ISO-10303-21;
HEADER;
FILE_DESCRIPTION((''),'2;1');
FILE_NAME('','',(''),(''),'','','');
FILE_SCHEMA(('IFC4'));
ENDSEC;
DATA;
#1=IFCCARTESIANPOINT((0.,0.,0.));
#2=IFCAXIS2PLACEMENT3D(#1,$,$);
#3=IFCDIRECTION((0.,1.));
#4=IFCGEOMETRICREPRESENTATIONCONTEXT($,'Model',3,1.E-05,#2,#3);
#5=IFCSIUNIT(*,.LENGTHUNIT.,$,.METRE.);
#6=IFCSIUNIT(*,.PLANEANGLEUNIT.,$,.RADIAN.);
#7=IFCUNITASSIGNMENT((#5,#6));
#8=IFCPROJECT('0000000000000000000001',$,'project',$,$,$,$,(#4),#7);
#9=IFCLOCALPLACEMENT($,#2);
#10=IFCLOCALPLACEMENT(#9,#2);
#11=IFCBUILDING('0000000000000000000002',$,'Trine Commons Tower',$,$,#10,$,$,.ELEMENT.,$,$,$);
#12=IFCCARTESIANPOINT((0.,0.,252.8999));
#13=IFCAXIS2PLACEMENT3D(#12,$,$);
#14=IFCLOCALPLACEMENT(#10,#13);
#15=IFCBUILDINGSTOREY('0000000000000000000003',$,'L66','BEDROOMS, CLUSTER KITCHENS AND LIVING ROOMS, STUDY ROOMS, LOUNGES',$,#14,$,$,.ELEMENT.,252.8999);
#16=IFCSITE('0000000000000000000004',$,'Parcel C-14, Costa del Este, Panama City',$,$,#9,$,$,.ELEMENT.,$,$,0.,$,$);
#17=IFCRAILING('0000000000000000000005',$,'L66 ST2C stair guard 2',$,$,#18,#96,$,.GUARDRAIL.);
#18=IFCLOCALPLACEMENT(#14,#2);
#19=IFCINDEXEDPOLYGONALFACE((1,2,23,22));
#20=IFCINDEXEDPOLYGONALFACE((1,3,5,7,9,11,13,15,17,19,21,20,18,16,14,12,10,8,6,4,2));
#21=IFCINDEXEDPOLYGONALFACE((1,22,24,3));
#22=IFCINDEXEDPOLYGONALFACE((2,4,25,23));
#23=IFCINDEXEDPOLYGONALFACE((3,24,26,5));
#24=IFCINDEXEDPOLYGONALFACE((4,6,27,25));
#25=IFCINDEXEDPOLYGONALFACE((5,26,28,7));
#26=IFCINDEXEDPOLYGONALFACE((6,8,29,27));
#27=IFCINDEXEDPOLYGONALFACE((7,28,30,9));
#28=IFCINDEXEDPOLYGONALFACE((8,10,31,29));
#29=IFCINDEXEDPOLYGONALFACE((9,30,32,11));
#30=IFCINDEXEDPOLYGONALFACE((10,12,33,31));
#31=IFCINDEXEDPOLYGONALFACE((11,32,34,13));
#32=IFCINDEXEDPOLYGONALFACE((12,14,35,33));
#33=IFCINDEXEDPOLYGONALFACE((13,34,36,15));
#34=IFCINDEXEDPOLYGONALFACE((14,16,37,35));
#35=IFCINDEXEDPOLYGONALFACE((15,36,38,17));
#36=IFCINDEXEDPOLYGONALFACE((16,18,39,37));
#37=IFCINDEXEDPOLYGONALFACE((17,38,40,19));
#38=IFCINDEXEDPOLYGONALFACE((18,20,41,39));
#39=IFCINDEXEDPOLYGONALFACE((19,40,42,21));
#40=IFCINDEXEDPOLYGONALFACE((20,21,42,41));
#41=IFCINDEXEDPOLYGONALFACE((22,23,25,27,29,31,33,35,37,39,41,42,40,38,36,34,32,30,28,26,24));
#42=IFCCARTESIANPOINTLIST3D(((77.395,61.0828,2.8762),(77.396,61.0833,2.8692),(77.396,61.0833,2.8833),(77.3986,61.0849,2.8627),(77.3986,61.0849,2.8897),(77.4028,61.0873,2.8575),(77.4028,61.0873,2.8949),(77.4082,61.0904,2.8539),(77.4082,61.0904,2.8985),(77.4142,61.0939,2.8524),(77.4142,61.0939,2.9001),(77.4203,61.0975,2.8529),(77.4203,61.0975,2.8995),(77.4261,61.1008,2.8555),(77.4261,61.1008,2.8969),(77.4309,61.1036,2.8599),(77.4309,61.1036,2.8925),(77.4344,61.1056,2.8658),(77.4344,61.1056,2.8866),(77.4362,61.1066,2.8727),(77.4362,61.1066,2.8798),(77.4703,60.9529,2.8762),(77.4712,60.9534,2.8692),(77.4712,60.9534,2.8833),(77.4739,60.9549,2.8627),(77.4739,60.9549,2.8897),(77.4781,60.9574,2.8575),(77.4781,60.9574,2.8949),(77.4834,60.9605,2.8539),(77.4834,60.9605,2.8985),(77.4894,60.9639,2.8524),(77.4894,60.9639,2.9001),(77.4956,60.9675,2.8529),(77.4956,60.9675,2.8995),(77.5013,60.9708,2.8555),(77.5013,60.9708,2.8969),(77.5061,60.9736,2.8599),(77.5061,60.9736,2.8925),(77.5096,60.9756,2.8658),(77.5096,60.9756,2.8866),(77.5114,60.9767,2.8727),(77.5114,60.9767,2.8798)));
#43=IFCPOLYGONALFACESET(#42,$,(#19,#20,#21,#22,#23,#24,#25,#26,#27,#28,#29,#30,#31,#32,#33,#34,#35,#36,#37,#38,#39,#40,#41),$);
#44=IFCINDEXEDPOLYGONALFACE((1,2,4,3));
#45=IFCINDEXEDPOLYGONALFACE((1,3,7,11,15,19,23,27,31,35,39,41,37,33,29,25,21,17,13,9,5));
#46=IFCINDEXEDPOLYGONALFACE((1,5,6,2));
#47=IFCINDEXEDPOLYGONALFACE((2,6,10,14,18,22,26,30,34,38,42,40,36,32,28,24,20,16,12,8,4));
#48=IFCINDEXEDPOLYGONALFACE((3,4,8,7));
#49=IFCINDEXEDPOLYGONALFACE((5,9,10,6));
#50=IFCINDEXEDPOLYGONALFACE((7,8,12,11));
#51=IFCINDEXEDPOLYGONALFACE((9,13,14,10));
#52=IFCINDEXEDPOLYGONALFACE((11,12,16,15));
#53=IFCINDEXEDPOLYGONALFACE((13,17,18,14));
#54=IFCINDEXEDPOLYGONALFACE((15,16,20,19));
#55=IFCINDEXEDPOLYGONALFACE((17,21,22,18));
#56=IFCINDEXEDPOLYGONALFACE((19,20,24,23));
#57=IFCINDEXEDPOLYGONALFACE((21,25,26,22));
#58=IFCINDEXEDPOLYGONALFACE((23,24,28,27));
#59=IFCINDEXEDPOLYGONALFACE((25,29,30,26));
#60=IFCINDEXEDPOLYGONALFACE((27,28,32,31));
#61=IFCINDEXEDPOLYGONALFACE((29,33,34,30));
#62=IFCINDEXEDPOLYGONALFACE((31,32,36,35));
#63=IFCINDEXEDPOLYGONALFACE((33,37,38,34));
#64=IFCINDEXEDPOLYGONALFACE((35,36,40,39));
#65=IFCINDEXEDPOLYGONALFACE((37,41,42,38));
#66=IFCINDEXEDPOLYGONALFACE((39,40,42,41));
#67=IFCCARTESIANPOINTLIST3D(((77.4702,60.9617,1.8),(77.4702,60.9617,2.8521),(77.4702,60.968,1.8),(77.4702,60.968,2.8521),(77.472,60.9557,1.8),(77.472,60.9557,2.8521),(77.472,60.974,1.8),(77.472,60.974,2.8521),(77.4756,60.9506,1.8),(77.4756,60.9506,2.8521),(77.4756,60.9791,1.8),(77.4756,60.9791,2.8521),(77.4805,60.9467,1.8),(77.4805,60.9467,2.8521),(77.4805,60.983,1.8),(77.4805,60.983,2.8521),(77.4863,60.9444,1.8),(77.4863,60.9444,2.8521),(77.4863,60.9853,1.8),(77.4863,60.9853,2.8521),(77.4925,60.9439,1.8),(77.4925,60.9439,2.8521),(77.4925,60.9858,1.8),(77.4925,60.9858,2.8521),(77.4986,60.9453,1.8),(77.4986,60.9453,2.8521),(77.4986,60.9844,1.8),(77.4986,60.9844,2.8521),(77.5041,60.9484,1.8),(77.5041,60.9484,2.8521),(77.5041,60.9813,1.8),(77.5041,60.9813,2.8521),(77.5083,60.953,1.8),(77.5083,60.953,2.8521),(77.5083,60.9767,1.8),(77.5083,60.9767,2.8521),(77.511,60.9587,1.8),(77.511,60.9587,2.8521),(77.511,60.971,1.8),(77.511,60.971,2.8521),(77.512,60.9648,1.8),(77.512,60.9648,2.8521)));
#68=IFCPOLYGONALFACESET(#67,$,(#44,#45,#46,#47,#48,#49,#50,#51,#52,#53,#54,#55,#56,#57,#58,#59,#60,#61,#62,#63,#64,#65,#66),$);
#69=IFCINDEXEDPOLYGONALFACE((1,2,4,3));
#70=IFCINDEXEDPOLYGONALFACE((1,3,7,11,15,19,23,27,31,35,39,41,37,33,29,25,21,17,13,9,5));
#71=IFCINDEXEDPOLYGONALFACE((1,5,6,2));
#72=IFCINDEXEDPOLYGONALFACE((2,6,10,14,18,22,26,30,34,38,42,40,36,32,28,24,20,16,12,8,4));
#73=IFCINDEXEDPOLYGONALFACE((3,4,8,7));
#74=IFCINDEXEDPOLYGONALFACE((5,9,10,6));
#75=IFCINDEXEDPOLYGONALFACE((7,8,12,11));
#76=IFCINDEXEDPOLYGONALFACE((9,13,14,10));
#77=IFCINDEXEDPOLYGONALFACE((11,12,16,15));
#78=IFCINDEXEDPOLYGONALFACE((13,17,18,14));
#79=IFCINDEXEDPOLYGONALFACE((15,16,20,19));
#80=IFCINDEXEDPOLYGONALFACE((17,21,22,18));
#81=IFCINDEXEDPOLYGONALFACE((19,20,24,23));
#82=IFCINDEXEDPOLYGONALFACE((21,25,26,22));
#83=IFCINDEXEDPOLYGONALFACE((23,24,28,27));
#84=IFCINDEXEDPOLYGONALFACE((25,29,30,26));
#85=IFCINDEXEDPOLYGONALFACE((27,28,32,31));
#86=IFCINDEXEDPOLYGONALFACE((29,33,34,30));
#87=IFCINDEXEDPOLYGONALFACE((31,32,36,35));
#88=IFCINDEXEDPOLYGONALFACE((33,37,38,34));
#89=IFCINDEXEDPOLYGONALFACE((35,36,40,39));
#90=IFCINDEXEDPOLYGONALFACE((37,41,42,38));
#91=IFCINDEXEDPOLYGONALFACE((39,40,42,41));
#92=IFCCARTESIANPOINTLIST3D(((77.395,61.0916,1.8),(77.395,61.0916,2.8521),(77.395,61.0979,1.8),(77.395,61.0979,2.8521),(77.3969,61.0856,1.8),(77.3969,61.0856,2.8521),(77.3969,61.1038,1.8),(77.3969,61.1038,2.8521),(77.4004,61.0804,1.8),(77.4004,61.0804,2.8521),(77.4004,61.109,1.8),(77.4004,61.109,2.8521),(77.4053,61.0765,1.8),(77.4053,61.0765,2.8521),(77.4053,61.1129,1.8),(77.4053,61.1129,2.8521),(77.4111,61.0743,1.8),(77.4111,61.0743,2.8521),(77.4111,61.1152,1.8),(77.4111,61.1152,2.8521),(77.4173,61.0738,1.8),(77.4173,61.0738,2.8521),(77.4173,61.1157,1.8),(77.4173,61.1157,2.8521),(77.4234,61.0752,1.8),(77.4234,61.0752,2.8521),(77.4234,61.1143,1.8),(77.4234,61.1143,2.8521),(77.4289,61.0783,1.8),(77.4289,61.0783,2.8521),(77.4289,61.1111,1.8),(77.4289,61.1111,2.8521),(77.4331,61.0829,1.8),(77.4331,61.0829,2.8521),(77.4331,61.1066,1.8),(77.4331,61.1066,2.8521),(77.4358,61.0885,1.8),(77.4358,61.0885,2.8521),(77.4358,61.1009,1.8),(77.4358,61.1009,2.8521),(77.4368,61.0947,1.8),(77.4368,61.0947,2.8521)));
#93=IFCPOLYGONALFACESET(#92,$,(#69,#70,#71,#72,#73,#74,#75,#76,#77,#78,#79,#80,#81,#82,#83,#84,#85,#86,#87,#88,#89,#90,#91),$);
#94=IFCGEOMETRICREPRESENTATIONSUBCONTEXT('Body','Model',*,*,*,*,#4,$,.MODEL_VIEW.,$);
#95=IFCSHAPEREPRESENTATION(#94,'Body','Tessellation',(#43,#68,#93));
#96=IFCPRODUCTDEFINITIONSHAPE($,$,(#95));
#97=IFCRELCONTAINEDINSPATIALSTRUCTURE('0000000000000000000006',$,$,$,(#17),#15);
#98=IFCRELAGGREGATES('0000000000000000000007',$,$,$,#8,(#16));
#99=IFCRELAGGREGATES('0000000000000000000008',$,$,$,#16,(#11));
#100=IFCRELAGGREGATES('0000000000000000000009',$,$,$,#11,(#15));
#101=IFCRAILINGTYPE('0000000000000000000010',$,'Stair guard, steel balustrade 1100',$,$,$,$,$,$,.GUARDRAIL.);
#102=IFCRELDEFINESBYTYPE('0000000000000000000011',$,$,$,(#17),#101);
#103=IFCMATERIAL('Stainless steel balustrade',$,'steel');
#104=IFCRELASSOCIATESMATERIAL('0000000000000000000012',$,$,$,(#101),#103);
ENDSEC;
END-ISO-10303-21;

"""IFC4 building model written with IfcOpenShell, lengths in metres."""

from ifc_helpers import new_model, si_unit, direction, frame, origin, origin_2d, place, context, subcontext, project, spatial, circle, extrude, material, type_object, element, save


model = new_model("IFC4")

# Units and contexts
model_context = context("Model", 3, precision=1e-05, world=origin(), true_north=direction((0.0, 1.0)))
body_context = subcontext(model_context, "Body", "Model", "MODEL_VIEW")
ifc_project = project(units=[si_unit("LENGTHUNIT", "METRE"), si_unit("PLANEANGLEUNIT", "RADIAN")], contexts=[model_context])

# Site, building, storey
site_placement = place(None, origin())
site = spatial("IfcSite", under=ifc_project, at=site_placement, Name="Parcel C-14, Costa del Este, Panama City", CompositionType="ELEMENT", RefElevation=0.0)
building_placement = place(site_placement, origin())
building = spatial("IfcBuilding", under=site, at=building_placement, Name="Trine Commons Tower", CompositionType="ELEMENT")
storey_placement = place(building_placement, frame((0.0, 0.0, 252.8999)))
storey = spatial("IfcBuildingStorey", under=building, at=storey_placement, Name="L66", Description="BEDROOMS, CLUSTER KITCHENS AND LIVING ROOMS, STUDY ROOMS, LOUNGES", CompositionType="ELEMENT", Elevation=252.8999)

# Railing
ifc_material_1 = material(Name="Stainless steel balustrade", Category="steel")
railing_type_1 = type_object("IfcRailingType", Name="Stair guard, steel balustrade 1100", PredefinedType="GUARDRAIL", material=ifc_material_1)
railing_1_placement = place(storey_placement, frame((77.491, 60.9648, 1.8)))
element("IfcRailing", 1, at=railing_1_placement, inside=storey, type_object=railing_type_1, Name="L66 ST2C stair guard 2", PredefinedType="GUARDRAIL", context=body_context, shape_type="SweptSolid", body=[
    extrude(circle(Radius=0.0239, at=origin_2d()), frame((0.0, 0.0, 1.0762), z_axis=(-0.501036, 0.865426, 0.0), x_axis=(-0.865426, -0.501036, 0.0)), (0.0, 0.0, 1.0), 0.1501),
    extrude(circle(Radius=0.021, at=origin_2d()), origin(), (0.0, 0.0, 1.0), 1.052),
    extrude(circle(Radius=0.021, at=origin_2d()), frame((-0.0752, 0.1299, 0.0)), (0.0, 0.0, 1.0), 1.052),
])

save(model, "model.ifc")
